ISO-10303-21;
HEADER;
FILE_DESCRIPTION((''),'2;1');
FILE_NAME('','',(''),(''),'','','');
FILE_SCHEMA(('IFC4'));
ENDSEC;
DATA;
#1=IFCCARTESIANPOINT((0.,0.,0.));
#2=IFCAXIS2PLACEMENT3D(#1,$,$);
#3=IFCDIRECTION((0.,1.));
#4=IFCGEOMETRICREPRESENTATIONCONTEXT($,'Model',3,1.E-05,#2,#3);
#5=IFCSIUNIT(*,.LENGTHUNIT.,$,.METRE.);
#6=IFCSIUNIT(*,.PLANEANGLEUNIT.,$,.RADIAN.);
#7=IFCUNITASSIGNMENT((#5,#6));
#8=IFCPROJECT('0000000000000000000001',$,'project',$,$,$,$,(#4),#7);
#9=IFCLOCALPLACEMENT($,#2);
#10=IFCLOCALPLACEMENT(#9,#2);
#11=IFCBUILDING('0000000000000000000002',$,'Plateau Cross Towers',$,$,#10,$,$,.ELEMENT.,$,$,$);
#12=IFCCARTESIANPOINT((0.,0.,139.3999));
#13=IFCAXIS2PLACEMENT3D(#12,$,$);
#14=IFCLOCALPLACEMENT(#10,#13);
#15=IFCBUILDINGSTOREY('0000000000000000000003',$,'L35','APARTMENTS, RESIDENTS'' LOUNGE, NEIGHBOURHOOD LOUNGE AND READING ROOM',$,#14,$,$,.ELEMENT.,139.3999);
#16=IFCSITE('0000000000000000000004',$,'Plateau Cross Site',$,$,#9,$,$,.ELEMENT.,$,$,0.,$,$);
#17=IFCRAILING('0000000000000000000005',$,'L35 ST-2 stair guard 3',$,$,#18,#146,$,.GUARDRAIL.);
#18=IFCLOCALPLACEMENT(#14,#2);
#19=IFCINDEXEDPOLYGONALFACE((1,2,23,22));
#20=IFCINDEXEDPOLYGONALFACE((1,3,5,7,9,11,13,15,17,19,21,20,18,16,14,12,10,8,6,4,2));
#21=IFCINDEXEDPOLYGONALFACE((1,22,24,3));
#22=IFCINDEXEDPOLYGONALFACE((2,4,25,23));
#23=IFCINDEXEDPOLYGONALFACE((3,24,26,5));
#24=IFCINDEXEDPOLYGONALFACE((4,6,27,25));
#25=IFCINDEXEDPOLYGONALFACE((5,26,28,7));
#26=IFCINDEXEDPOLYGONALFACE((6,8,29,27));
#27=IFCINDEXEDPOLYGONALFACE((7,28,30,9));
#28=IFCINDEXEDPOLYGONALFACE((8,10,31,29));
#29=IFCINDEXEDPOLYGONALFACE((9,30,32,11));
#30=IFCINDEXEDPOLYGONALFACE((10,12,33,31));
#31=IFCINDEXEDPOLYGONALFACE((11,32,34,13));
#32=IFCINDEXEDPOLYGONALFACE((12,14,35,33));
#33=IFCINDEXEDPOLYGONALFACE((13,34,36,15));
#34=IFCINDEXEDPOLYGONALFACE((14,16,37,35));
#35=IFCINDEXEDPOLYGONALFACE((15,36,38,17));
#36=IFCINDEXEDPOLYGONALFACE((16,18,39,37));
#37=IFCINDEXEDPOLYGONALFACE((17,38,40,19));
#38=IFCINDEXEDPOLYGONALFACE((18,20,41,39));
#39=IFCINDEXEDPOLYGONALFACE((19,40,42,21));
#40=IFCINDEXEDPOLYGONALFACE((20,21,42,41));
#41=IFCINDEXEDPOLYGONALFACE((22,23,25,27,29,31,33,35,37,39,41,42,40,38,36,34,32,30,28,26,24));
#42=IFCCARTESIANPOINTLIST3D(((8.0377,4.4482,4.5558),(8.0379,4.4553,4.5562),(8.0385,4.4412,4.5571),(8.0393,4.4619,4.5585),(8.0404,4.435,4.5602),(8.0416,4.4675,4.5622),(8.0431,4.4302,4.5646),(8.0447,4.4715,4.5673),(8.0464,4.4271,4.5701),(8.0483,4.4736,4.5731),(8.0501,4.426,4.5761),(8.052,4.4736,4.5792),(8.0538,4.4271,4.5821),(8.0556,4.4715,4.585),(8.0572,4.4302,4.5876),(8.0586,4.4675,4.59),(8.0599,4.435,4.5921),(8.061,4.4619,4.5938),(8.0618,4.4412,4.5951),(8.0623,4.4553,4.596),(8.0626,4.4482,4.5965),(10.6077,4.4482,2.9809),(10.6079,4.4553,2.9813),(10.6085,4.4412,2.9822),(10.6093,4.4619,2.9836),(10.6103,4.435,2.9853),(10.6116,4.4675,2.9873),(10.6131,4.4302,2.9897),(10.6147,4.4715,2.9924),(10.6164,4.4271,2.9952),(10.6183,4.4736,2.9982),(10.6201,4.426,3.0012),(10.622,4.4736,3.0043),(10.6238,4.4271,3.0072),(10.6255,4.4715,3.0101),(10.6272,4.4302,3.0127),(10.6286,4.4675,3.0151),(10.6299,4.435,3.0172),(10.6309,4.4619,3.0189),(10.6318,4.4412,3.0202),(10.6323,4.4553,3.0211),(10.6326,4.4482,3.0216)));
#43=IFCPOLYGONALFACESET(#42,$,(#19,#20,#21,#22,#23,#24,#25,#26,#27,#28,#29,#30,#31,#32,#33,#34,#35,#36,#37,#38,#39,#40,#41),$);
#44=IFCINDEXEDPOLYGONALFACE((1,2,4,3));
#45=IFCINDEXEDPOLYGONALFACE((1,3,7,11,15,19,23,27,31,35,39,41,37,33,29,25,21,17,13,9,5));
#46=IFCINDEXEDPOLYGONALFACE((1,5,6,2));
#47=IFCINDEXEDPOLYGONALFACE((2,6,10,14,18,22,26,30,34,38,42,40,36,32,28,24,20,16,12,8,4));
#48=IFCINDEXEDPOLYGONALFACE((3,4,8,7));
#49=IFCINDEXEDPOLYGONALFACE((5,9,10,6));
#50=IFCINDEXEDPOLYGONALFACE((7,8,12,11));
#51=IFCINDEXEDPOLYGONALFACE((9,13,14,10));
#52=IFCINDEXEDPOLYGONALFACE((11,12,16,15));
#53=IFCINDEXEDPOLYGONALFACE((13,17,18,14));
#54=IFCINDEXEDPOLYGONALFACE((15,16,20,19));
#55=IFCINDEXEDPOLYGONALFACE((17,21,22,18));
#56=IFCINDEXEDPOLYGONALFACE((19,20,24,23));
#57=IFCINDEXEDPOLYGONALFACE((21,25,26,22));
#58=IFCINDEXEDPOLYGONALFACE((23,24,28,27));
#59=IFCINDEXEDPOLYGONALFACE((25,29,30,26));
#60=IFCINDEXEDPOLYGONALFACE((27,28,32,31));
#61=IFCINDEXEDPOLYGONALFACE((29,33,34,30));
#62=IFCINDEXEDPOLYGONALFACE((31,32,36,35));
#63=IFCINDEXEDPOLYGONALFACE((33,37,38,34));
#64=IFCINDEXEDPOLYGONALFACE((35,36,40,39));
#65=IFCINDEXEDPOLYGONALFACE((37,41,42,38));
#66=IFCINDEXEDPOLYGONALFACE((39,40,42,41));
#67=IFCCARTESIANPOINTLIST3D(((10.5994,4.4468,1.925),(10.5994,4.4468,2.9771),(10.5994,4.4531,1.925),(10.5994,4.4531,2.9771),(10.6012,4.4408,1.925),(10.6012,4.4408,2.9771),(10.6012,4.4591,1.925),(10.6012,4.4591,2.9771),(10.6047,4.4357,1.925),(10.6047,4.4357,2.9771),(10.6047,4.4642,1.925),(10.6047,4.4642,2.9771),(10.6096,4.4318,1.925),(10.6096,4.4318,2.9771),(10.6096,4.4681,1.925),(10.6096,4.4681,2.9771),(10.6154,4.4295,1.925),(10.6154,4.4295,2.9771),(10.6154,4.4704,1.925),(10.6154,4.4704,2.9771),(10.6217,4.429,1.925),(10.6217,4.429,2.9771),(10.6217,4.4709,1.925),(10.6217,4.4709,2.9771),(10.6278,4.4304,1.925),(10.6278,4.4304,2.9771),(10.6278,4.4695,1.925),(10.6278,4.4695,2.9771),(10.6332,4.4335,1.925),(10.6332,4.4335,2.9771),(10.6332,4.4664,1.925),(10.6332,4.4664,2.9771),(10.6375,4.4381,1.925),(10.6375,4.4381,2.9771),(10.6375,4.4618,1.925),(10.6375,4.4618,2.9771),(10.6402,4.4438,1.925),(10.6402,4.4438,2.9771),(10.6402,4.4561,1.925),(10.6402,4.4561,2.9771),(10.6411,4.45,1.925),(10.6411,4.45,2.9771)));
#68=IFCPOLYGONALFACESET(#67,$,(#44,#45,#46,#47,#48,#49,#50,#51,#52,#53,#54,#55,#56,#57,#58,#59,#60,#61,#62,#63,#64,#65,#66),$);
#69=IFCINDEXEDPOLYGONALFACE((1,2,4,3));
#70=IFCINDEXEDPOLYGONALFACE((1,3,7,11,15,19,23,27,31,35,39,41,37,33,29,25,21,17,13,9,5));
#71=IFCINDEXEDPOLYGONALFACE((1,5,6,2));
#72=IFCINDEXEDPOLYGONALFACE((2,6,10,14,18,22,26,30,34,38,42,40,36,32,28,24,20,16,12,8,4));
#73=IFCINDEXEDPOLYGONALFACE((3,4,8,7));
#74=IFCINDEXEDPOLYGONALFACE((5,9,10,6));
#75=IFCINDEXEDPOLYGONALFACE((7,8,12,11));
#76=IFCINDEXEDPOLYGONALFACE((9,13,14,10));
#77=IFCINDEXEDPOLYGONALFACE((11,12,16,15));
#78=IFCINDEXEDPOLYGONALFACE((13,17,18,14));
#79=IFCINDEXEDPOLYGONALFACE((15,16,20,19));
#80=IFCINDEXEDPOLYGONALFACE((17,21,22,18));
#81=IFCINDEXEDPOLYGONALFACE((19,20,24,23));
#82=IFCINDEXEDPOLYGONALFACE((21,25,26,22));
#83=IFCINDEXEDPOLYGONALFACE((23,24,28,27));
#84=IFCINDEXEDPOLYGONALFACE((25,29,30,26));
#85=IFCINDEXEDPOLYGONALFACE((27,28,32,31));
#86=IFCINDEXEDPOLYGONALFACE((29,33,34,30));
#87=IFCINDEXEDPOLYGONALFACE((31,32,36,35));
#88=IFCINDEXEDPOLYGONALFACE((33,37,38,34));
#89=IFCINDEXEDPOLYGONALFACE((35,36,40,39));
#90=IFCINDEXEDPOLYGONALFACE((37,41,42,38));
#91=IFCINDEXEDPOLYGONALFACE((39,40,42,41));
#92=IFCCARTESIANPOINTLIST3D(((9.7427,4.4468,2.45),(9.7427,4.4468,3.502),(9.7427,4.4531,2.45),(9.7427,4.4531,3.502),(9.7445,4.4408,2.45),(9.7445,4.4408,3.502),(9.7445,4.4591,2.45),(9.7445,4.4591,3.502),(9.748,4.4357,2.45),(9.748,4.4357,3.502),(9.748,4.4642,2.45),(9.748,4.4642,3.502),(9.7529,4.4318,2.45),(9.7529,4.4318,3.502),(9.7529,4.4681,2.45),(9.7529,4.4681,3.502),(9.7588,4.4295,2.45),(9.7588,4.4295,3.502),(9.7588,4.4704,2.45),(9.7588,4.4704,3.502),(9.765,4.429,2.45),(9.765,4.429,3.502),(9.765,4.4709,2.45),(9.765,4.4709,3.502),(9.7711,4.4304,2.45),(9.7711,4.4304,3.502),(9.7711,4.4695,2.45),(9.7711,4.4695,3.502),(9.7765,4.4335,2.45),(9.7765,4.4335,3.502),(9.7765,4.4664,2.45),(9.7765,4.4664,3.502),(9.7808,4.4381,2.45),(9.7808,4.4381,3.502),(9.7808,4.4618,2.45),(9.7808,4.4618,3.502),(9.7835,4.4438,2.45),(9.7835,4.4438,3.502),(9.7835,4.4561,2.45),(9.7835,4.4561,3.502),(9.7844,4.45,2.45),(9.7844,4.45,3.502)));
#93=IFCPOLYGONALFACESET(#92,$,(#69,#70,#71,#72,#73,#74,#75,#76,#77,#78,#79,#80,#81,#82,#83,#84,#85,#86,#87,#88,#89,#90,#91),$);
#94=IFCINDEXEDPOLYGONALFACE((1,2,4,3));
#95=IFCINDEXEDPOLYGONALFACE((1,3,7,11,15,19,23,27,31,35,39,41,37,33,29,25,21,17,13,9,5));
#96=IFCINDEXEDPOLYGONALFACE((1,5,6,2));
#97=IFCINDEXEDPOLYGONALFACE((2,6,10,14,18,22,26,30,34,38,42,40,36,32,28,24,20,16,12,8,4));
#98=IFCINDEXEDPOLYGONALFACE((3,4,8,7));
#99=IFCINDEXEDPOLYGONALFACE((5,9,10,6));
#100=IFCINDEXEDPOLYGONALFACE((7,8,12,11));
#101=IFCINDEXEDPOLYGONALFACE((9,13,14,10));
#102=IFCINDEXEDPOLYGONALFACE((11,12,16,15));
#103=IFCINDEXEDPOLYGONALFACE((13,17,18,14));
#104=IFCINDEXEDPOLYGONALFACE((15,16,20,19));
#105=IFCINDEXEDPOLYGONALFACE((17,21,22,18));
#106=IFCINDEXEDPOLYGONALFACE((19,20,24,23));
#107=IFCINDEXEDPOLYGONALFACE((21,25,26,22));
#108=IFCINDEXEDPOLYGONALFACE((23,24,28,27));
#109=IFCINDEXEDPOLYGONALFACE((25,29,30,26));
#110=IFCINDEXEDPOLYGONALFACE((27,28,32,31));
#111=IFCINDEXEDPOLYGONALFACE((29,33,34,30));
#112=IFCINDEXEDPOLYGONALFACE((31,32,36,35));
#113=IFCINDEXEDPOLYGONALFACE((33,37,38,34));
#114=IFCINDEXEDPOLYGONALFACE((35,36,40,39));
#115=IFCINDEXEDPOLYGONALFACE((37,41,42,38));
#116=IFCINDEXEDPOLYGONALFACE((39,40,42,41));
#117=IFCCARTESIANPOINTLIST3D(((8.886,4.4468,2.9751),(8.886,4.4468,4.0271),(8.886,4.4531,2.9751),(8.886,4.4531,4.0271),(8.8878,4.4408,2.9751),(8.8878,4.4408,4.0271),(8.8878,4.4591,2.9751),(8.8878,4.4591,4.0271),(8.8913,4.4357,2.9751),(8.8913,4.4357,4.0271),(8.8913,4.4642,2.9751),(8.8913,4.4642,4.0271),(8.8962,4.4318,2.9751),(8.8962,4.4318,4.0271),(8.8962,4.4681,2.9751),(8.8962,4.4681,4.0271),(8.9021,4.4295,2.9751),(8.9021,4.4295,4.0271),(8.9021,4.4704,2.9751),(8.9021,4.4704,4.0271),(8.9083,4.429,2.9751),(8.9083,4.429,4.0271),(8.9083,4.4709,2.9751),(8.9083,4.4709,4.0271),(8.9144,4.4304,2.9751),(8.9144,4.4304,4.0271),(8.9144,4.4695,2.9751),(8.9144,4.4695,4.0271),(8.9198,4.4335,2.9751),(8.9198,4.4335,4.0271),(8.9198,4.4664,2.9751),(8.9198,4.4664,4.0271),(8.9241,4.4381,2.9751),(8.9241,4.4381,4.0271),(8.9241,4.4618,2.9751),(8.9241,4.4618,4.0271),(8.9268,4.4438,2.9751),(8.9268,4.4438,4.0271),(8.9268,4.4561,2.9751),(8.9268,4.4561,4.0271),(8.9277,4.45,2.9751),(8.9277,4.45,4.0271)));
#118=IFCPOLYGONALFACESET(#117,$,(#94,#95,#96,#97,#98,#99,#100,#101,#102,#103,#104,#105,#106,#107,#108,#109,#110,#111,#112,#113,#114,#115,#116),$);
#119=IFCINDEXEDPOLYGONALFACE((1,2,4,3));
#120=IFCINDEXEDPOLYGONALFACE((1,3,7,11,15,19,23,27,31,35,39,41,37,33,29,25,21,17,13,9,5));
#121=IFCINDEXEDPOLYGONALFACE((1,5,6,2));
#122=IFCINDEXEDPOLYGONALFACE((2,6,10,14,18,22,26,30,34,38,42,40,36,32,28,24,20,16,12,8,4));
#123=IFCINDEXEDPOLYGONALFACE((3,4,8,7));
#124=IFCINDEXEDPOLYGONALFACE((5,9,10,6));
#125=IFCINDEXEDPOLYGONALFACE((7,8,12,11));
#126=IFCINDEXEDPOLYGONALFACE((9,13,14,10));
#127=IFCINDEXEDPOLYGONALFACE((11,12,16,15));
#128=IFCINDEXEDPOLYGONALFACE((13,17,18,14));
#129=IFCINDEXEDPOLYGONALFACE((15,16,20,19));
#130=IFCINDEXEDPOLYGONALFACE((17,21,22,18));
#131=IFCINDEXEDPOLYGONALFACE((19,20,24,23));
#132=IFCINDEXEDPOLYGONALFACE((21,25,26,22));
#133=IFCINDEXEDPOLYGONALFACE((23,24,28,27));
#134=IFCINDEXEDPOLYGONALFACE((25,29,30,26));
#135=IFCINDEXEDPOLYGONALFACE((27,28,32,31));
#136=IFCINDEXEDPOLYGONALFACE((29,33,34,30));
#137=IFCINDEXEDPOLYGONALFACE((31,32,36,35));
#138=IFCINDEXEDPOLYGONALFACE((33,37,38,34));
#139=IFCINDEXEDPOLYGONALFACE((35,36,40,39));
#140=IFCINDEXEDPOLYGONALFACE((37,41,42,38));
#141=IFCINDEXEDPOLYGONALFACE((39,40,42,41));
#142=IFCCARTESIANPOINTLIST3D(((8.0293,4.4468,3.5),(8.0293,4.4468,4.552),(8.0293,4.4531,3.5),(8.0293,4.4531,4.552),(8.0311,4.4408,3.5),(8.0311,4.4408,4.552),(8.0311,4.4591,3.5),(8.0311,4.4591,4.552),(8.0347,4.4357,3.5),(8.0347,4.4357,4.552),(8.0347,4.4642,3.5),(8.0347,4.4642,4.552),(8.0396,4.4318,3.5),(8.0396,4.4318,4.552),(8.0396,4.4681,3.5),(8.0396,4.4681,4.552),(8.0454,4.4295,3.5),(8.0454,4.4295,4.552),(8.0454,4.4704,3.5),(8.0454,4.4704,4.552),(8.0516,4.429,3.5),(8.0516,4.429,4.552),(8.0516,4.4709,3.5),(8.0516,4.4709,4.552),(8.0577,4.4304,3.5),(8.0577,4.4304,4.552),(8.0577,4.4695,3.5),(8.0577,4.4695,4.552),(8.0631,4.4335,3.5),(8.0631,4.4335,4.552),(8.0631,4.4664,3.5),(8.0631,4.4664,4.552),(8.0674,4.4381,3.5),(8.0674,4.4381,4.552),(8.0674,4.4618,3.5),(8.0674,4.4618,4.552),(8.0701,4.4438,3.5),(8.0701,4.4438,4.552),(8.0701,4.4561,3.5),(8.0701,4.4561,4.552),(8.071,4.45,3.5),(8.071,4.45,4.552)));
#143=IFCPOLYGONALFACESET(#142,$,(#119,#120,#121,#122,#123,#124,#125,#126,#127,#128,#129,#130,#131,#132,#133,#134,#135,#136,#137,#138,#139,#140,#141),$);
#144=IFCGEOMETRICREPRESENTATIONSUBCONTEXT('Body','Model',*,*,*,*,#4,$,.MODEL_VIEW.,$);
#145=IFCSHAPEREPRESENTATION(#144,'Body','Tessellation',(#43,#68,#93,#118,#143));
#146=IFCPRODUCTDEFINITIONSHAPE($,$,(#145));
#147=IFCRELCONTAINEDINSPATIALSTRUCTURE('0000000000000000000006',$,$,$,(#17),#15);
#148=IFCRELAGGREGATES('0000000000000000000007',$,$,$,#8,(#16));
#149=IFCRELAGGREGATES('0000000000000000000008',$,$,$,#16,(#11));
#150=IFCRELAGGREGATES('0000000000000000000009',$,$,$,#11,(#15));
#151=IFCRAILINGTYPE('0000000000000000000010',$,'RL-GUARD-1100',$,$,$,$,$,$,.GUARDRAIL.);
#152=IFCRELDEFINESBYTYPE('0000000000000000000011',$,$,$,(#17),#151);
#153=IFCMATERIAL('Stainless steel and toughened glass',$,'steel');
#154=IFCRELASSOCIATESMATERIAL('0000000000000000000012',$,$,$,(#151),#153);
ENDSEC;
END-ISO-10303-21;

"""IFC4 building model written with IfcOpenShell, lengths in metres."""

from ifc_helpers import new_model, si_unit, direction, frame, origin, origin_2d, place, context, subcontext, project, spatial, circle, extrude, material, type_object, element, save


model = new_model("IFC4")

# Units and contexts
model_context = context("Model", 3, precision=1e-05, world=origin(), true_north=direction((0.0, 1.0)))
body_context = subcontext(model_context, "Body", "Model", "MODEL_VIEW")
ifc_project = project(units=[si_unit("LENGTHUNIT", "METRE"), si_unit("PLANEANGLEUNIT", "RADIAN")], contexts=[model_context])

# Site, building, storey
site_placement = place(None, origin())
site = spatial("IfcSite", under=ifc_project, at=site_placement, Name="Plateau Cross Site", CompositionType="ELEMENT", RefElevation=0.0)
building_placement = place(site_placement, origin())
building = spatial("IfcBuilding", under=site, at=building_placement, Name="Plateau Cross Towers", CompositionType="ELEMENT")
storey_placement = place(building_placement, frame((0.0, 0.0, 139.3999)))
storey = spatial("IfcBuildingStorey", under=building, at=storey_placement, Name="L35", Description="APARTMENTS, RESIDENTS' LOUNGE, NEIGHBOURHOOD LOUNGE AND READING ROOM", CompositionType="ELEMENT", Elevation=139.3999)

# Railing
ifc_material_1 = material(Name="Stainless steel and toughened glass", Category="steel")
railing_type_1 = type_object("IfcRailingType", Name="RL-GUARD-1100", PredefinedType="GUARDRAIL", material=ifc_material_1)
railing_1_placement = place(storey_placement, frame((10.6201, 4.45, 1.925)))
element("IfcRailing", 1, at=railing_1_placement, inside=storey, type_object=railing_type_1, Name="L35 ST-2 stair guard 3", PredefinedType="GUARDRAIL", context=body_context, shape_type="SweptSolid", body=[
    extrude(circle(Radius=0.0239, at=origin_2d()), frame((0.0, 0.0, 1.0762), z_axis=(-0.852639, 0.0, 0.522501), x_axis=(0.0, -1.0, 0.0)), (0.0, 0.0, 1.0), 3.0142),
    extrude(circle(Radius=0.021, at=origin_2d()), origin(), (0.0, 0.0, 1.0), 1.052),
    extrude(circle(Radius=0.021, at=origin_2d()), frame((-0.8567, 0.0, 0.5249)), (0.0, 0.0, 1.0), 1.052),
    extrude(circle(Radius=0.021, at=origin_2d()), frame((-1.7134, 0.0, 1.05)), (0.0, 0.0, 1.0), 1.052),
    extrude(circle(Radius=0.021, at=origin_2d()), frame((-2.5701, 0.0, 1.575)), (0.0, 0.0, 1.0), 1.052),
])

save(model, "model.ifc")
